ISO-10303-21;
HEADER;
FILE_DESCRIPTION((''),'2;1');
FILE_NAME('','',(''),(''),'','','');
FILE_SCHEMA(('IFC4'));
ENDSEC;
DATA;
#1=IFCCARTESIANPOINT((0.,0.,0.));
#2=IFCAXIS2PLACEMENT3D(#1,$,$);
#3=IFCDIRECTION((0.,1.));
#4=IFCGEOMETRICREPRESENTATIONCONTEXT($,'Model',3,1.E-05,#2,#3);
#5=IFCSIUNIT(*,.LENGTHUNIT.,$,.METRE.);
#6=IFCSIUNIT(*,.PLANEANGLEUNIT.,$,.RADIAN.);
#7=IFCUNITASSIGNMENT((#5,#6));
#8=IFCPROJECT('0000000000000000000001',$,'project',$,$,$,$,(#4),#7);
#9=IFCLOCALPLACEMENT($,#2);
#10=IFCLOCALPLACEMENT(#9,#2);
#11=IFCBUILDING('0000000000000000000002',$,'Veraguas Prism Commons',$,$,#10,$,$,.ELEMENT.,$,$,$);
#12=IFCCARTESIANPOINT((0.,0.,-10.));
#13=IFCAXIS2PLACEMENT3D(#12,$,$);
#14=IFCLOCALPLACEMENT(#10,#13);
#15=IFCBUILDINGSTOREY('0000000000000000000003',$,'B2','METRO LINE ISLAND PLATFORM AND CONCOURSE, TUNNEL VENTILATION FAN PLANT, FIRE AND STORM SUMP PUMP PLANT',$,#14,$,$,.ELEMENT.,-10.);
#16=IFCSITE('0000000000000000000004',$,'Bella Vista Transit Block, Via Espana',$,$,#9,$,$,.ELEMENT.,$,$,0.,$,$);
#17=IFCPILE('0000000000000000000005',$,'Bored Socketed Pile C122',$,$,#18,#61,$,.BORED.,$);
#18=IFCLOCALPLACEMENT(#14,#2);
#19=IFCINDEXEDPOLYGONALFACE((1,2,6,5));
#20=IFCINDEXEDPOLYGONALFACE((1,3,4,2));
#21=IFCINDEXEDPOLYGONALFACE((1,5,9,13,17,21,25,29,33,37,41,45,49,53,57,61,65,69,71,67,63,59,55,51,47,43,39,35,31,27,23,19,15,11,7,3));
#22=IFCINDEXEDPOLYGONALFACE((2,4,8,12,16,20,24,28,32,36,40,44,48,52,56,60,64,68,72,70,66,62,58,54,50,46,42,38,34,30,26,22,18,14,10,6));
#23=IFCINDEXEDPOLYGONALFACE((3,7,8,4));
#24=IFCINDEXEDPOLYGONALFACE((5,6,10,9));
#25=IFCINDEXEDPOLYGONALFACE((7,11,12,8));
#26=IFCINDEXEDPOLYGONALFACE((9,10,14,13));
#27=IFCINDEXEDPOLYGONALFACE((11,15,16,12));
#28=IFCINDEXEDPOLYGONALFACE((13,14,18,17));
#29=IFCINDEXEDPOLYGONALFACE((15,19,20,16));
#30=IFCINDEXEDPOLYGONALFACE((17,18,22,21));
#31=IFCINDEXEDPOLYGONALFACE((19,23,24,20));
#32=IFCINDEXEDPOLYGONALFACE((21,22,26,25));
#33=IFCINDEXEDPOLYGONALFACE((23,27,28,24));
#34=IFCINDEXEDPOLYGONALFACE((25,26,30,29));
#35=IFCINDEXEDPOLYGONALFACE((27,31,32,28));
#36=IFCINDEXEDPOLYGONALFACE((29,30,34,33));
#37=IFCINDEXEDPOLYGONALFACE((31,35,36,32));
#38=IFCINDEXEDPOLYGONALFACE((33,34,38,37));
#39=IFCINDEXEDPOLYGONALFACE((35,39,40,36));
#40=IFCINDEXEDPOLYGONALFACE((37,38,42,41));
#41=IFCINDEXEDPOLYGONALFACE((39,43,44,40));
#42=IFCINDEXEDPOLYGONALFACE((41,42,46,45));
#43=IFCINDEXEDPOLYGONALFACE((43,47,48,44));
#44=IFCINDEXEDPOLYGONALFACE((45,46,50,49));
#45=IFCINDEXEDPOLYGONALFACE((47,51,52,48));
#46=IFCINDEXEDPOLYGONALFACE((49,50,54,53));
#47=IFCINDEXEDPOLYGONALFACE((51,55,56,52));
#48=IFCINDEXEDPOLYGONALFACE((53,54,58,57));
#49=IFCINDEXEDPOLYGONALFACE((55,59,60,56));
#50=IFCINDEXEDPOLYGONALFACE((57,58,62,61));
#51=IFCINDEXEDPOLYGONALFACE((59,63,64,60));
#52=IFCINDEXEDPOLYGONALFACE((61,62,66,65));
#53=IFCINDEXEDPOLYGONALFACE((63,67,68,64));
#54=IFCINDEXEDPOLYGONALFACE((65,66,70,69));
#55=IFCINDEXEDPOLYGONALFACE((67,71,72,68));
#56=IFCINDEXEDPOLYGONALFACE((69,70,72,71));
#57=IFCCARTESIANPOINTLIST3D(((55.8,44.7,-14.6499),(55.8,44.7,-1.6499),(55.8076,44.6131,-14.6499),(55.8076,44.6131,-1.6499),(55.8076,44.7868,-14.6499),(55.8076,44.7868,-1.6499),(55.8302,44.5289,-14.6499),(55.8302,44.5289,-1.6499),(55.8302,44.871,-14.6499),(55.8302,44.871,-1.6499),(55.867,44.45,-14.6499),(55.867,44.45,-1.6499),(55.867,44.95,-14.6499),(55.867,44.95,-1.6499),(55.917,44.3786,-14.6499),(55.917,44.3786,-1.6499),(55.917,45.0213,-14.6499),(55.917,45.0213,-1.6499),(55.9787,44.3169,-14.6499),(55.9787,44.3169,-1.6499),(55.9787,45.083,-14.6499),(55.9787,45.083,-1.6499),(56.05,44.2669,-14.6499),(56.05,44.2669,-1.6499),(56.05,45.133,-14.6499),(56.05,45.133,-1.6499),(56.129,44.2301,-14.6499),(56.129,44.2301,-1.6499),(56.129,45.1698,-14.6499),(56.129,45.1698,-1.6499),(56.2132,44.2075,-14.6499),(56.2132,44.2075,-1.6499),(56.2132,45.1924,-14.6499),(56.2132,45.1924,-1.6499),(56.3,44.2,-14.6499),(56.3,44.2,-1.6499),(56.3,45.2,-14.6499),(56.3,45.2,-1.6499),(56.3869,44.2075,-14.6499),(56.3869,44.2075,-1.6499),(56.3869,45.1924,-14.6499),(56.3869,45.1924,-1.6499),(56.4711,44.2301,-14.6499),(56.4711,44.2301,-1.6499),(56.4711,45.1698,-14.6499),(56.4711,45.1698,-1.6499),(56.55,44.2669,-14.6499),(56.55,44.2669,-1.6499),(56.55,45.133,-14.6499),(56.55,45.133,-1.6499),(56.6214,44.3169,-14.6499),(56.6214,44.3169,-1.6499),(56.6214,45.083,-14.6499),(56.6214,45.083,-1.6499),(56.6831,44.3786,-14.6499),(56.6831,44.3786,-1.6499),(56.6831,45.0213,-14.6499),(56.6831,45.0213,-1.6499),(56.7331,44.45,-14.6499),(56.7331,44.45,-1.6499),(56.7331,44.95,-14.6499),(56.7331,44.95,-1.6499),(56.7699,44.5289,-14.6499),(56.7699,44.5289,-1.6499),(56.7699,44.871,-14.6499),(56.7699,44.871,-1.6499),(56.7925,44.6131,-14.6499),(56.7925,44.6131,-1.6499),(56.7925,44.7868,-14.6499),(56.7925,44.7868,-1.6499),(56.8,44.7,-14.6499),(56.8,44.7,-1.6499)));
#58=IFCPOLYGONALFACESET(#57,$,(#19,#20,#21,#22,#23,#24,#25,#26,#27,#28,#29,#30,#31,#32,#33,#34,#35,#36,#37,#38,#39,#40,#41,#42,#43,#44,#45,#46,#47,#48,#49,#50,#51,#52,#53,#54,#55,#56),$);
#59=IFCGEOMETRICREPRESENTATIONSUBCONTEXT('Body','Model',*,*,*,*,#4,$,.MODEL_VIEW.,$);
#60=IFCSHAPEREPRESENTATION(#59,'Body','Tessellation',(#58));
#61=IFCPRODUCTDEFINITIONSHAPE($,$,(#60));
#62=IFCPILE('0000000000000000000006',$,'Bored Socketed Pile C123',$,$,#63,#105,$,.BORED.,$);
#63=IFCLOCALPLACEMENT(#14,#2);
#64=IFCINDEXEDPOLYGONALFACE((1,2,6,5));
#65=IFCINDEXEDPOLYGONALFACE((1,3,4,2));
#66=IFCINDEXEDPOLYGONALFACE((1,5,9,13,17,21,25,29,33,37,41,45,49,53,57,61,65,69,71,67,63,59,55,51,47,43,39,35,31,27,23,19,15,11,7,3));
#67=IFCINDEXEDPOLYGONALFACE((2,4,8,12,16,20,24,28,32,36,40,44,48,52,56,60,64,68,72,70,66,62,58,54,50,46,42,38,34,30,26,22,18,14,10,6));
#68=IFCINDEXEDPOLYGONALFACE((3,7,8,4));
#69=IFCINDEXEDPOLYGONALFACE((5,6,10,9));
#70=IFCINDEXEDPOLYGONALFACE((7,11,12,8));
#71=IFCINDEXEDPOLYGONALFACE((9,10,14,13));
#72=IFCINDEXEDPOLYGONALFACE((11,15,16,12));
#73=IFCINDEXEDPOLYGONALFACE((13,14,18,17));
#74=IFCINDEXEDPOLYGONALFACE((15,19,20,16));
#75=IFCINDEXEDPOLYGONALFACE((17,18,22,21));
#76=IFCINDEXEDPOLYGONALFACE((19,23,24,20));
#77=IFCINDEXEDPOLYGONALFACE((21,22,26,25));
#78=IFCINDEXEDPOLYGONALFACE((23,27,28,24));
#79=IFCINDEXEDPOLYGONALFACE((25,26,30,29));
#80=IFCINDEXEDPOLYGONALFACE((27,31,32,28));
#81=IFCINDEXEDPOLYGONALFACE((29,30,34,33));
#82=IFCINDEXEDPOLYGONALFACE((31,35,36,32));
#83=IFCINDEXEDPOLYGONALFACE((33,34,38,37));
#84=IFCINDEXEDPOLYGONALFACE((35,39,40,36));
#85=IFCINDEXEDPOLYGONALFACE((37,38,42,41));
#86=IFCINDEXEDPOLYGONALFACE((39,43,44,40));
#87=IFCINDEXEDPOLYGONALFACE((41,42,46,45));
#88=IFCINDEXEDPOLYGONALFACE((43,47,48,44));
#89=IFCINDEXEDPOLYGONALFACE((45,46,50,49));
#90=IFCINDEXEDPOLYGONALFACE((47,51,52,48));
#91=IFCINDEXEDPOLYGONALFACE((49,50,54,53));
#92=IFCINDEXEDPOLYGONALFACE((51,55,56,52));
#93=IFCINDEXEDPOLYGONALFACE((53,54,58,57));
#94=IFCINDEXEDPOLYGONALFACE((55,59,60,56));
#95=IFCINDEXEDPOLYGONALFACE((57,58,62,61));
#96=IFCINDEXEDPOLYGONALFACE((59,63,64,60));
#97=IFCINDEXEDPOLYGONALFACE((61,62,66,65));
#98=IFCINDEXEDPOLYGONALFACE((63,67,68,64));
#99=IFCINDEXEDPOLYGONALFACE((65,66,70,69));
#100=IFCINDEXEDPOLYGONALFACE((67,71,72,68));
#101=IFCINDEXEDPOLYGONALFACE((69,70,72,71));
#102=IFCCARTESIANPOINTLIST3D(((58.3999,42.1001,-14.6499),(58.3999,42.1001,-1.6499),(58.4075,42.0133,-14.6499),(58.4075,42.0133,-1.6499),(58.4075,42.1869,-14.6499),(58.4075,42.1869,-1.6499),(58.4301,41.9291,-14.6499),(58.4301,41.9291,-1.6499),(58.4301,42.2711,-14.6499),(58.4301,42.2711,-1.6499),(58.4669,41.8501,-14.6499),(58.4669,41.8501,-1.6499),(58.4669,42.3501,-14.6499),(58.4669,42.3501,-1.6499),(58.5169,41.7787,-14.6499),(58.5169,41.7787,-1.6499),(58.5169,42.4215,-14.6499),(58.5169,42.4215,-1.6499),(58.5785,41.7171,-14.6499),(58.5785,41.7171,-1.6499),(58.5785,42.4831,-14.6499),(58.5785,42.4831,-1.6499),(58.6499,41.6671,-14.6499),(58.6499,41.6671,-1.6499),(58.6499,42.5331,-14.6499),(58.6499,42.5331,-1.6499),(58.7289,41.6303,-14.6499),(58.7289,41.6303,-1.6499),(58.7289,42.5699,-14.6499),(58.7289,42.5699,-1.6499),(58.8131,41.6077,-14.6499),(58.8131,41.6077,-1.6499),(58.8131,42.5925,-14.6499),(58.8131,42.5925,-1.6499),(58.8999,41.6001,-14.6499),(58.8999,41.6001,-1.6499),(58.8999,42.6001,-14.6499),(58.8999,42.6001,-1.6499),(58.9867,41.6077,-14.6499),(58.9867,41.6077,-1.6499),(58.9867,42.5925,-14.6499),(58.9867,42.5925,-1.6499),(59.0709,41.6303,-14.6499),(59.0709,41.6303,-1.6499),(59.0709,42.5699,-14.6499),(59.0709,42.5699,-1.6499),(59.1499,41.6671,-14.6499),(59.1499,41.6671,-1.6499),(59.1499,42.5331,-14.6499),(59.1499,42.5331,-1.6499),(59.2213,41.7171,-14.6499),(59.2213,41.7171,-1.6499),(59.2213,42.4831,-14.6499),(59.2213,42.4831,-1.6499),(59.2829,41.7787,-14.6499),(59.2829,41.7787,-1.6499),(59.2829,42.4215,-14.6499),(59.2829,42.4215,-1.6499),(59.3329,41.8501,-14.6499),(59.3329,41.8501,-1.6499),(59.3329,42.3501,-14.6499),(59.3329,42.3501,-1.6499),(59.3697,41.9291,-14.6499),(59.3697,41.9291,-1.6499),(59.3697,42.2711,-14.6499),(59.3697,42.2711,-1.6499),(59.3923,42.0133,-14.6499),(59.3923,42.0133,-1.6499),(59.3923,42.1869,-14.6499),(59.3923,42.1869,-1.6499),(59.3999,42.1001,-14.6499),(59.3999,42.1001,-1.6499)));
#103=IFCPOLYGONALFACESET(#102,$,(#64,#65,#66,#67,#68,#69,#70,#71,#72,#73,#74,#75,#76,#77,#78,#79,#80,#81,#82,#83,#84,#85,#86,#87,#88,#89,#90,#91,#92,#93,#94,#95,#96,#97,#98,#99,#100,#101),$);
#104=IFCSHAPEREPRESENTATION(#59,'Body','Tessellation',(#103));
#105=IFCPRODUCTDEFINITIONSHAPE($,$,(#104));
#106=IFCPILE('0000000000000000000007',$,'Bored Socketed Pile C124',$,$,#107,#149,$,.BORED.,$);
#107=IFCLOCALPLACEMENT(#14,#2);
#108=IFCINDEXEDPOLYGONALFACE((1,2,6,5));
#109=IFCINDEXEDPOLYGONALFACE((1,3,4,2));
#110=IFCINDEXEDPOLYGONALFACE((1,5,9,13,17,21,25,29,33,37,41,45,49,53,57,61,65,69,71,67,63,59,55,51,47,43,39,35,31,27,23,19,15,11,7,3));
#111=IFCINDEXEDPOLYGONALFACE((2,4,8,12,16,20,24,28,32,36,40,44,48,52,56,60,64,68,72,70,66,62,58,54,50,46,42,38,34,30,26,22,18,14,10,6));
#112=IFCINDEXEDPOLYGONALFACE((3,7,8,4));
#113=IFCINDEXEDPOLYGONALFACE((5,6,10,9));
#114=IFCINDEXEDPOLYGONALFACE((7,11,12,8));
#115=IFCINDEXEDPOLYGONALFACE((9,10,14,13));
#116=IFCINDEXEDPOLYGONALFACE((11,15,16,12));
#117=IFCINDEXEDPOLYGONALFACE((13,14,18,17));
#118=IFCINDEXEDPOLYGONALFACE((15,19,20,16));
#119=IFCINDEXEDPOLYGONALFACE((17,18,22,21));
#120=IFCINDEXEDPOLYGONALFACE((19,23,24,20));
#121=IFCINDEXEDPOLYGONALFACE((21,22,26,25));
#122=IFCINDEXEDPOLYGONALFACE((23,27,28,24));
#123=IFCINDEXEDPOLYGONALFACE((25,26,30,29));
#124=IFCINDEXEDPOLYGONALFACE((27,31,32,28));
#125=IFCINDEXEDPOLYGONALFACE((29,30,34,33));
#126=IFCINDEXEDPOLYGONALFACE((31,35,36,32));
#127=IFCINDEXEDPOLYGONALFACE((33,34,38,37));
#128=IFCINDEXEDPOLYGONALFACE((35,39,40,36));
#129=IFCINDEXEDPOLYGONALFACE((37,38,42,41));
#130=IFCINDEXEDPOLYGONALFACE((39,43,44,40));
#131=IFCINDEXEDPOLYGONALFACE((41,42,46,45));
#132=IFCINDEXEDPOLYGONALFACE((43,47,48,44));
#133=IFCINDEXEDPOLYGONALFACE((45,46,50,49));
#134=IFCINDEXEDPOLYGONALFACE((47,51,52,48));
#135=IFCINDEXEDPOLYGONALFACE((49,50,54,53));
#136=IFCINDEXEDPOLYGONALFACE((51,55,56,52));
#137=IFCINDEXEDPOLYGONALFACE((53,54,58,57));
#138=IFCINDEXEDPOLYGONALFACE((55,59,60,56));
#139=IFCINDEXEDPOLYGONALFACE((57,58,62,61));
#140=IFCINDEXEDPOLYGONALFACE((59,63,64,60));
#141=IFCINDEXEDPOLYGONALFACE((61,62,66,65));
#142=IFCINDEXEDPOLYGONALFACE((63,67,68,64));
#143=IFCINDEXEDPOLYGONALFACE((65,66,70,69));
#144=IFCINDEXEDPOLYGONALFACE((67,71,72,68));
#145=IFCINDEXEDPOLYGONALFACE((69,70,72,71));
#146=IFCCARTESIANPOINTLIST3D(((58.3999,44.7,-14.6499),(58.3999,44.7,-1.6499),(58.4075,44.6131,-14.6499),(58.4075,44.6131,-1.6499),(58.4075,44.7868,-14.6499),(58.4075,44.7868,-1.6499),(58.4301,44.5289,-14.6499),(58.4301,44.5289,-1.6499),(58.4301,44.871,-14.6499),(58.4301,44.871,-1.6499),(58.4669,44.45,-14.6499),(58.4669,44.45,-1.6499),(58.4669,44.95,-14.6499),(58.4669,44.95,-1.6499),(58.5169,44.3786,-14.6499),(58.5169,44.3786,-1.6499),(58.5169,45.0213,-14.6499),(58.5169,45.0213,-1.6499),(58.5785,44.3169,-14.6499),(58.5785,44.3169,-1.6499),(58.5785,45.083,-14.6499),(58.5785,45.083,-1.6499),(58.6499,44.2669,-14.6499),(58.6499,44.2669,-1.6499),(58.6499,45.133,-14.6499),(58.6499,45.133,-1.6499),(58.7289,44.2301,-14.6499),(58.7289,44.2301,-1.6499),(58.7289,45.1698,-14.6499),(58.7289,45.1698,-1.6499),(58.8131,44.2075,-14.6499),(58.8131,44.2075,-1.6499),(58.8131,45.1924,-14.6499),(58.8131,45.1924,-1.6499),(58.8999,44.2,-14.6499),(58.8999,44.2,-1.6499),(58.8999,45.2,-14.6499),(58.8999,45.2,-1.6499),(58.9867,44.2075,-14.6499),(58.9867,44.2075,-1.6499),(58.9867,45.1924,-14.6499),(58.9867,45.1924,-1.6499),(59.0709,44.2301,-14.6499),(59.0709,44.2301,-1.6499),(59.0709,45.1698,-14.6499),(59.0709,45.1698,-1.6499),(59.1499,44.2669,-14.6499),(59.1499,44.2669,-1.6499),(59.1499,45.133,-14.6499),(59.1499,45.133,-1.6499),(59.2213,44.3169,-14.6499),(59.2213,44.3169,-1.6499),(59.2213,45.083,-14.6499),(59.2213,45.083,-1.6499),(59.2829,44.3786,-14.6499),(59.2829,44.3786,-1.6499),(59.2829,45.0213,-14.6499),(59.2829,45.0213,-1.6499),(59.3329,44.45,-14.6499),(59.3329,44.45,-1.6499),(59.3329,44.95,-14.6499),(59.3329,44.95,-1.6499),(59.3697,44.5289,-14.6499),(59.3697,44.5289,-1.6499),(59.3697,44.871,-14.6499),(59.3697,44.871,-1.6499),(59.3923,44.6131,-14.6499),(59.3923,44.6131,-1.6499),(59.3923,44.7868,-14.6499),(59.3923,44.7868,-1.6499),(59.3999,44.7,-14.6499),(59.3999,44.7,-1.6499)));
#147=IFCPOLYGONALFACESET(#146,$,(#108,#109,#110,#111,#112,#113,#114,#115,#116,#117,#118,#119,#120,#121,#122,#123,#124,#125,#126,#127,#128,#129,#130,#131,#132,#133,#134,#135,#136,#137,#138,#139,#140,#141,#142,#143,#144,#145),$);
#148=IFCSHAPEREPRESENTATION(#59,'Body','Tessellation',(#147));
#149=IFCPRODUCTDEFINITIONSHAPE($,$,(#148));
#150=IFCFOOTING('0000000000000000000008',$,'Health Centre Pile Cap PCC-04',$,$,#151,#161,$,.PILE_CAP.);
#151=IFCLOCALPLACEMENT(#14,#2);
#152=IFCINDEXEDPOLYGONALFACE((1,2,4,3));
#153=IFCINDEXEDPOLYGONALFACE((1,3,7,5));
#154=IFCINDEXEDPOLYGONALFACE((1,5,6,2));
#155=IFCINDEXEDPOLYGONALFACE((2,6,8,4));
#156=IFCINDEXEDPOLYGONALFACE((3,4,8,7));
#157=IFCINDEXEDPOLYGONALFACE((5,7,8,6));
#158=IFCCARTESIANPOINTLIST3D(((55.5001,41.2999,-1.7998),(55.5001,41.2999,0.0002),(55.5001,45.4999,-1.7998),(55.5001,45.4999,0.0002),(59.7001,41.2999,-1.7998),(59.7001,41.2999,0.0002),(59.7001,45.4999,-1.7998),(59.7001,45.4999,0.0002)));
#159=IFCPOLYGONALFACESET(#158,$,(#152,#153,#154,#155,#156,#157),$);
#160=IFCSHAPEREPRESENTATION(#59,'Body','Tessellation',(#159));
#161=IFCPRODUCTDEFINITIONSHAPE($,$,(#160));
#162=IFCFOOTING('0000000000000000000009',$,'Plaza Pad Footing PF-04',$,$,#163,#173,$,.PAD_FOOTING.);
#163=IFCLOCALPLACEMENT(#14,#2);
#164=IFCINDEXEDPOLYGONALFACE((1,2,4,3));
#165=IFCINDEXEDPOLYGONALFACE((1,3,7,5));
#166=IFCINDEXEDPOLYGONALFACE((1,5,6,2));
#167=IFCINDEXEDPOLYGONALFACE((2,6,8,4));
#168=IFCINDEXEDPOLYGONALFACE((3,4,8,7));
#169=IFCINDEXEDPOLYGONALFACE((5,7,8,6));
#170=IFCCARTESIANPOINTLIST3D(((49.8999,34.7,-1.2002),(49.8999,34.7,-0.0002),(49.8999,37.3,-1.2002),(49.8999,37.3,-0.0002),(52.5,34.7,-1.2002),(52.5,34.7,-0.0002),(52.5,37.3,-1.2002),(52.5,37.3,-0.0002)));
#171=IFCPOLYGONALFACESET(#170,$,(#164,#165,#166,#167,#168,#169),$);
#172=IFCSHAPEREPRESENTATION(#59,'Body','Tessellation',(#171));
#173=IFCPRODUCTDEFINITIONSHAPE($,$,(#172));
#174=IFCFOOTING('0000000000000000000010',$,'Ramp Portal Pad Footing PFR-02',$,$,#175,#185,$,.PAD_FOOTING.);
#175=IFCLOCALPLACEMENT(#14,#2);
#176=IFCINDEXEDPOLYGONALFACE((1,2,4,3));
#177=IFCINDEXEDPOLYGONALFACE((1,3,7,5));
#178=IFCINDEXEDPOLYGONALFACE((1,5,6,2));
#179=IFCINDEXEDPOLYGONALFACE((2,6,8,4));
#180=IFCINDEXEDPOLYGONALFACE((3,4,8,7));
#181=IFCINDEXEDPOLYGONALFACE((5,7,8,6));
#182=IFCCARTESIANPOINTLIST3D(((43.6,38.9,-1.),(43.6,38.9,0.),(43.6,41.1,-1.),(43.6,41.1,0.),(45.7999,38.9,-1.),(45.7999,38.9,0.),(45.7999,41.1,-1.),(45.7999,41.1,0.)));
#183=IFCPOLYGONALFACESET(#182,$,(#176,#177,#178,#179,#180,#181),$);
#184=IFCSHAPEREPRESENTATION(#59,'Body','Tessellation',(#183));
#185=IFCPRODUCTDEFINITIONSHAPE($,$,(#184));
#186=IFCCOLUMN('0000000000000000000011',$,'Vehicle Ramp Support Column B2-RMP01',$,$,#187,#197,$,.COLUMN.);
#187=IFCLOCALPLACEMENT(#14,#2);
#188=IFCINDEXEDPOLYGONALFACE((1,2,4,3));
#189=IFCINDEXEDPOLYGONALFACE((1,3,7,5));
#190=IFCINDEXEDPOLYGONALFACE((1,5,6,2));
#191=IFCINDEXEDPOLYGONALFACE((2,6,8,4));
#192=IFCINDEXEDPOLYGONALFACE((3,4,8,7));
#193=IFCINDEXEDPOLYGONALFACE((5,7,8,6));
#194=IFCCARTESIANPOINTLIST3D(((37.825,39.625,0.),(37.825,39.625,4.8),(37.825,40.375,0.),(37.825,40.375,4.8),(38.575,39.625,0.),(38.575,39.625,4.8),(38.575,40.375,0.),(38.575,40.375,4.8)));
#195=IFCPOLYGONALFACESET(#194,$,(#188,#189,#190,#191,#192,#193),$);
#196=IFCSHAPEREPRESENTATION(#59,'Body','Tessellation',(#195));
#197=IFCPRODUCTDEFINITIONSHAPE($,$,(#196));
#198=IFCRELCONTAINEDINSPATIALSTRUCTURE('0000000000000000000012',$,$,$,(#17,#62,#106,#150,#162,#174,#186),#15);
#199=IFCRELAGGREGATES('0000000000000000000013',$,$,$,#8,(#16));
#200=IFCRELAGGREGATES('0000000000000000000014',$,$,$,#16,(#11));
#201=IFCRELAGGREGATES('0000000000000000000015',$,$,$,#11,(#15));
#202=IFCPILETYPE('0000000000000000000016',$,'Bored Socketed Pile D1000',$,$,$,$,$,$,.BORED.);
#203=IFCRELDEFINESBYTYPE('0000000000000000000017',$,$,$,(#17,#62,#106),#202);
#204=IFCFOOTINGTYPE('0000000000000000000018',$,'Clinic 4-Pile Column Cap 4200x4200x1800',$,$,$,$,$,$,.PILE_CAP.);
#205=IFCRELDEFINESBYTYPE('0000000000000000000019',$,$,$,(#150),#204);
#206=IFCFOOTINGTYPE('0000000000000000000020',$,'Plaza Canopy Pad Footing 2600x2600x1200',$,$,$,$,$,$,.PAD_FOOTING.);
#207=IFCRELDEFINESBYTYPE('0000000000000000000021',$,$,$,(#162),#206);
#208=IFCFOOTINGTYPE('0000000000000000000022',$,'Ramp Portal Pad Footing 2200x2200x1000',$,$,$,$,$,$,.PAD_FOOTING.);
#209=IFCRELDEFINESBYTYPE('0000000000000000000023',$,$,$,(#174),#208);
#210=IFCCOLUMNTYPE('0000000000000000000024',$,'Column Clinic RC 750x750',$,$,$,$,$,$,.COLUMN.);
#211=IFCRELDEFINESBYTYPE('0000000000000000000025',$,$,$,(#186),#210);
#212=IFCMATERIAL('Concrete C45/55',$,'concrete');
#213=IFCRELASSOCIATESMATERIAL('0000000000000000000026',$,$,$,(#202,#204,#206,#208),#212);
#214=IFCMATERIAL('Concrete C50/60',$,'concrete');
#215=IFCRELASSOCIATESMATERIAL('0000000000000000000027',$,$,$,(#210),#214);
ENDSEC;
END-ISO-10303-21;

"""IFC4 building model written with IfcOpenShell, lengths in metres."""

from ifc_helpers import new_model, si_unit, direction, frame, origin, origin_2d, place, context, subcontext, project, spatial, rectangle, circle, extrude, source, transform, mapped, material, material_profile, profile_set, type_object, element, save


model = new_model("IFC4")

# Units and contexts
model_context = context("Model", 3, precision=1e-05, world=origin(), true_north=direction((0.0, 1.0)))
body_context = subcontext(model_context, "Body", "Model", "MODEL_VIEW")
ifc_project = project(units=[si_unit("LENGTHUNIT", "METRE"), si_unit("PLANEANGLEUNIT", "RADIAN")], contexts=[model_context])

# Site, building, storey
site_placement = place(None, origin())
site = spatial("IfcSite", under=ifc_project, at=site_placement, Name="Bella Vista Transit Block, Via Espana", CompositionType="ELEMENT", RefElevation=0.0)
building_placement = place(site_placement, origin())
building = spatial("IfcBuilding", under=site, at=building_placement, Name="Veraguas Prism Commons", CompositionType="ELEMENT")
storey_placement = place(building_placement, frame((0.0, 0.0, -10.0)))
storey = spatial("IfcBuildingStorey", under=building, at=storey_placement, Name="B2", Description="METRO LINE ISLAND PLATFORM AND CONCOURSE, TUNNEL VENTILATION FAN PLANT, FIRE AND STORM SUMP PUMP PLANT", CompositionType="ELEMENT", Elevation=-10.0)

# Shared definitions
ifc_material_1 = material(Name="Concrete C45/55", Category="concrete")

# Piles
ifc_material_profile_1 = material_profile(ifc_material_1, circle(Radius=0.5, at=origin_2d()), Name="PILE1000")
ifc_profile_set_1 = profile_set([ifc_material_profile_1], Name="Concrete C45/55")
pile_type_1 = type_object("IfcPileType", Name="Bored Socketed Pile D1000", PredefinedType="BORED", material=ifc_profile_set_1)
shared_shape_1 = source(origin(), body_context, "Body", "SweptSolid", [
    extrude(circle(Radius=0.5, at=origin_2d()), origin(), (0.0, 0.0, 1.0), 13.0),
])
for number, where, z_axis, x_axis, name in (
    (1, (56.3, 44.7, -1.6499), (0.0, 0.0, -1.0), (1.0, 0.0, 0.0), "Bored Socketed Pile C122"),
    (2, (58.8999, 42.1001, -1.6499), (0.0, 0.0, -1.0), (1.0, 0.0, 0.0), "Bored Socketed Pile C123"),
    (3, (58.8999, 44.7, -1.6499), (0.0, 0.0, -1.0), (1.0, 0.0, 0.0), "Bored Socketed Pile C124"),
):
    element("IfcPile", number, at=place(storey_placement, frame(where, z_axis=z_axis, x_axis=x_axis)), inside=storey, type_object=pile_type_1, Name=name, PredefinedType="BORED", context=body_context, shape_type="MappedRepresentation", body=[
        mapped(shared_shape_1, transform((0.0, 0.0, 0.0), scale=1.0)),
    ])

# Footings
footing_type_1 = type_object("IfcFootingType", Name="Clinic 4-Pile Column Cap 4200x4200x1800", PredefinedType="PILE_CAP", material=ifc_material_1)
shared_shape_2 = source(origin(), body_context, "Body", "SweptSolid", [
    extrude(rectangle(XDim=4.2, YDim=4.2, at=origin_2d()), origin(), (0.0, 0.0, 1.0), 1.8),
])
footing_1_placement = place(storey_placement, frame((57.6001, 43.3999, -1.7998), z_axis=(0.0, 0.0, 1.0), x_axis=(1.0, 0.0, 0.0)))
element("IfcFooting", 4, at=footing_1_placement, inside=storey, type_object=footing_type_1, Name="Health Centre Pile Cap PCC-04", PredefinedType="PILE_CAP", context=body_context, shape_type="MappedRepresentation", body=[
    mapped(shared_shape_2, transform((0.0, 0.0, 0.0), scale=1.0)),
])
footing_type_2 = type_object("IfcFootingType", Name="Plaza Canopy Pad Footing 2600x2600x1200", PredefinedType="PAD_FOOTING", material=ifc_material_1)
shared_shape_3 = source(origin(), body_context, "Body", "SweptSolid", [
    extrude(rectangle(XDim=2.6001, YDim=2.6001, at=origin_2d()), origin(), (0.0, 0.0, 1.0), 1.2),
])
footing_2_placement = place(storey_placement, frame((51.2, 36.0, -1.2002), z_axis=(0.0, 0.0, 1.0), x_axis=(1.0, 0.0, 0.0)))
element("IfcFooting", 5, at=footing_2_placement, inside=storey, type_object=footing_type_2, Name="Plaza Pad Footing PF-04", PredefinedType="PAD_FOOTING", context=body_context, shape_type="MappedRepresentation", body=[
    mapped(shared_shape_3, transform((0.0, 0.0, 0.0), scale=1.0)),
])
footing_type_3 = type_object("IfcFootingType", Name="Ramp Portal Pad Footing 2200x2200x1000", PredefinedType="PAD_FOOTING", material=ifc_material_1)
shared_shape_4 = source(origin(), body_context, "Body", "SweptSolid", [
    extrude(rectangle(XDim=2.2, YDim=2.2, at=origin_2d()), origin(), (0.0, 0.0, 1.0), 1.0),
])
footing_3_placement = place(storey_placement, frame((44.7, 40.0, -1.0), z_axis=(0.0, 0.0, 1.0), x_axis=(1.0, 0.0, 0.0)))
element("IfcFooting", 6, at=footing_3_placement, inside=storey, type_object=footing_type_3, Name="Ramp Portal Pad Footing PFR-02", PredefinedType="PAD_FOOTING", context=body_context, shape_type="MappedRepresentation", body=[
    mapped(shared_shape_4, transform((0.0, 0.0, 0.0), scale=1.0)),
])

# Column
ifc_material_2 = material(Name="Concrete C50/60", Category="concrete")
ifc_material_profile_2 = material_profile(ifc_material_2, rectangle(XDim=0.75, YDim=0.75, at=origin_2d()), Name="RC750X750")
ifc_profile_set_2 = profile_set([ifc_material_profile_2], Name="Concrete C50/60")
column_type_1 = type_object("IfcColumnType", Name="Column Clinic RC 750x750", PredefinedType="COLUMN", material=ifc_profile_set_2)
for number, where, z_axis, x_axis, name in (
    (7, (38.2, 40.0, 0.0), (0.0, 0.0, 1.0), (1.0, 0.0, 0.0), "Vehicle Ramp Support Column B2-RMP01"),
):
    element("IfcColumn", number, at=place(storey_placement, frame(where, z_axis=z_axis, x_axis=x_axis)), inside=storey, type_object=column_type_1, Name=name, PredefinedType="COLUMN", context=body_context, shape_type="SweptSolid", body=[
        extrude(rectangle(XDim=0.75, YDim=0.75, at=origin_2d()), origin(), (0.0, 0.0, 1.0), 4.8),
    ])

save(model, "model.ifc")
